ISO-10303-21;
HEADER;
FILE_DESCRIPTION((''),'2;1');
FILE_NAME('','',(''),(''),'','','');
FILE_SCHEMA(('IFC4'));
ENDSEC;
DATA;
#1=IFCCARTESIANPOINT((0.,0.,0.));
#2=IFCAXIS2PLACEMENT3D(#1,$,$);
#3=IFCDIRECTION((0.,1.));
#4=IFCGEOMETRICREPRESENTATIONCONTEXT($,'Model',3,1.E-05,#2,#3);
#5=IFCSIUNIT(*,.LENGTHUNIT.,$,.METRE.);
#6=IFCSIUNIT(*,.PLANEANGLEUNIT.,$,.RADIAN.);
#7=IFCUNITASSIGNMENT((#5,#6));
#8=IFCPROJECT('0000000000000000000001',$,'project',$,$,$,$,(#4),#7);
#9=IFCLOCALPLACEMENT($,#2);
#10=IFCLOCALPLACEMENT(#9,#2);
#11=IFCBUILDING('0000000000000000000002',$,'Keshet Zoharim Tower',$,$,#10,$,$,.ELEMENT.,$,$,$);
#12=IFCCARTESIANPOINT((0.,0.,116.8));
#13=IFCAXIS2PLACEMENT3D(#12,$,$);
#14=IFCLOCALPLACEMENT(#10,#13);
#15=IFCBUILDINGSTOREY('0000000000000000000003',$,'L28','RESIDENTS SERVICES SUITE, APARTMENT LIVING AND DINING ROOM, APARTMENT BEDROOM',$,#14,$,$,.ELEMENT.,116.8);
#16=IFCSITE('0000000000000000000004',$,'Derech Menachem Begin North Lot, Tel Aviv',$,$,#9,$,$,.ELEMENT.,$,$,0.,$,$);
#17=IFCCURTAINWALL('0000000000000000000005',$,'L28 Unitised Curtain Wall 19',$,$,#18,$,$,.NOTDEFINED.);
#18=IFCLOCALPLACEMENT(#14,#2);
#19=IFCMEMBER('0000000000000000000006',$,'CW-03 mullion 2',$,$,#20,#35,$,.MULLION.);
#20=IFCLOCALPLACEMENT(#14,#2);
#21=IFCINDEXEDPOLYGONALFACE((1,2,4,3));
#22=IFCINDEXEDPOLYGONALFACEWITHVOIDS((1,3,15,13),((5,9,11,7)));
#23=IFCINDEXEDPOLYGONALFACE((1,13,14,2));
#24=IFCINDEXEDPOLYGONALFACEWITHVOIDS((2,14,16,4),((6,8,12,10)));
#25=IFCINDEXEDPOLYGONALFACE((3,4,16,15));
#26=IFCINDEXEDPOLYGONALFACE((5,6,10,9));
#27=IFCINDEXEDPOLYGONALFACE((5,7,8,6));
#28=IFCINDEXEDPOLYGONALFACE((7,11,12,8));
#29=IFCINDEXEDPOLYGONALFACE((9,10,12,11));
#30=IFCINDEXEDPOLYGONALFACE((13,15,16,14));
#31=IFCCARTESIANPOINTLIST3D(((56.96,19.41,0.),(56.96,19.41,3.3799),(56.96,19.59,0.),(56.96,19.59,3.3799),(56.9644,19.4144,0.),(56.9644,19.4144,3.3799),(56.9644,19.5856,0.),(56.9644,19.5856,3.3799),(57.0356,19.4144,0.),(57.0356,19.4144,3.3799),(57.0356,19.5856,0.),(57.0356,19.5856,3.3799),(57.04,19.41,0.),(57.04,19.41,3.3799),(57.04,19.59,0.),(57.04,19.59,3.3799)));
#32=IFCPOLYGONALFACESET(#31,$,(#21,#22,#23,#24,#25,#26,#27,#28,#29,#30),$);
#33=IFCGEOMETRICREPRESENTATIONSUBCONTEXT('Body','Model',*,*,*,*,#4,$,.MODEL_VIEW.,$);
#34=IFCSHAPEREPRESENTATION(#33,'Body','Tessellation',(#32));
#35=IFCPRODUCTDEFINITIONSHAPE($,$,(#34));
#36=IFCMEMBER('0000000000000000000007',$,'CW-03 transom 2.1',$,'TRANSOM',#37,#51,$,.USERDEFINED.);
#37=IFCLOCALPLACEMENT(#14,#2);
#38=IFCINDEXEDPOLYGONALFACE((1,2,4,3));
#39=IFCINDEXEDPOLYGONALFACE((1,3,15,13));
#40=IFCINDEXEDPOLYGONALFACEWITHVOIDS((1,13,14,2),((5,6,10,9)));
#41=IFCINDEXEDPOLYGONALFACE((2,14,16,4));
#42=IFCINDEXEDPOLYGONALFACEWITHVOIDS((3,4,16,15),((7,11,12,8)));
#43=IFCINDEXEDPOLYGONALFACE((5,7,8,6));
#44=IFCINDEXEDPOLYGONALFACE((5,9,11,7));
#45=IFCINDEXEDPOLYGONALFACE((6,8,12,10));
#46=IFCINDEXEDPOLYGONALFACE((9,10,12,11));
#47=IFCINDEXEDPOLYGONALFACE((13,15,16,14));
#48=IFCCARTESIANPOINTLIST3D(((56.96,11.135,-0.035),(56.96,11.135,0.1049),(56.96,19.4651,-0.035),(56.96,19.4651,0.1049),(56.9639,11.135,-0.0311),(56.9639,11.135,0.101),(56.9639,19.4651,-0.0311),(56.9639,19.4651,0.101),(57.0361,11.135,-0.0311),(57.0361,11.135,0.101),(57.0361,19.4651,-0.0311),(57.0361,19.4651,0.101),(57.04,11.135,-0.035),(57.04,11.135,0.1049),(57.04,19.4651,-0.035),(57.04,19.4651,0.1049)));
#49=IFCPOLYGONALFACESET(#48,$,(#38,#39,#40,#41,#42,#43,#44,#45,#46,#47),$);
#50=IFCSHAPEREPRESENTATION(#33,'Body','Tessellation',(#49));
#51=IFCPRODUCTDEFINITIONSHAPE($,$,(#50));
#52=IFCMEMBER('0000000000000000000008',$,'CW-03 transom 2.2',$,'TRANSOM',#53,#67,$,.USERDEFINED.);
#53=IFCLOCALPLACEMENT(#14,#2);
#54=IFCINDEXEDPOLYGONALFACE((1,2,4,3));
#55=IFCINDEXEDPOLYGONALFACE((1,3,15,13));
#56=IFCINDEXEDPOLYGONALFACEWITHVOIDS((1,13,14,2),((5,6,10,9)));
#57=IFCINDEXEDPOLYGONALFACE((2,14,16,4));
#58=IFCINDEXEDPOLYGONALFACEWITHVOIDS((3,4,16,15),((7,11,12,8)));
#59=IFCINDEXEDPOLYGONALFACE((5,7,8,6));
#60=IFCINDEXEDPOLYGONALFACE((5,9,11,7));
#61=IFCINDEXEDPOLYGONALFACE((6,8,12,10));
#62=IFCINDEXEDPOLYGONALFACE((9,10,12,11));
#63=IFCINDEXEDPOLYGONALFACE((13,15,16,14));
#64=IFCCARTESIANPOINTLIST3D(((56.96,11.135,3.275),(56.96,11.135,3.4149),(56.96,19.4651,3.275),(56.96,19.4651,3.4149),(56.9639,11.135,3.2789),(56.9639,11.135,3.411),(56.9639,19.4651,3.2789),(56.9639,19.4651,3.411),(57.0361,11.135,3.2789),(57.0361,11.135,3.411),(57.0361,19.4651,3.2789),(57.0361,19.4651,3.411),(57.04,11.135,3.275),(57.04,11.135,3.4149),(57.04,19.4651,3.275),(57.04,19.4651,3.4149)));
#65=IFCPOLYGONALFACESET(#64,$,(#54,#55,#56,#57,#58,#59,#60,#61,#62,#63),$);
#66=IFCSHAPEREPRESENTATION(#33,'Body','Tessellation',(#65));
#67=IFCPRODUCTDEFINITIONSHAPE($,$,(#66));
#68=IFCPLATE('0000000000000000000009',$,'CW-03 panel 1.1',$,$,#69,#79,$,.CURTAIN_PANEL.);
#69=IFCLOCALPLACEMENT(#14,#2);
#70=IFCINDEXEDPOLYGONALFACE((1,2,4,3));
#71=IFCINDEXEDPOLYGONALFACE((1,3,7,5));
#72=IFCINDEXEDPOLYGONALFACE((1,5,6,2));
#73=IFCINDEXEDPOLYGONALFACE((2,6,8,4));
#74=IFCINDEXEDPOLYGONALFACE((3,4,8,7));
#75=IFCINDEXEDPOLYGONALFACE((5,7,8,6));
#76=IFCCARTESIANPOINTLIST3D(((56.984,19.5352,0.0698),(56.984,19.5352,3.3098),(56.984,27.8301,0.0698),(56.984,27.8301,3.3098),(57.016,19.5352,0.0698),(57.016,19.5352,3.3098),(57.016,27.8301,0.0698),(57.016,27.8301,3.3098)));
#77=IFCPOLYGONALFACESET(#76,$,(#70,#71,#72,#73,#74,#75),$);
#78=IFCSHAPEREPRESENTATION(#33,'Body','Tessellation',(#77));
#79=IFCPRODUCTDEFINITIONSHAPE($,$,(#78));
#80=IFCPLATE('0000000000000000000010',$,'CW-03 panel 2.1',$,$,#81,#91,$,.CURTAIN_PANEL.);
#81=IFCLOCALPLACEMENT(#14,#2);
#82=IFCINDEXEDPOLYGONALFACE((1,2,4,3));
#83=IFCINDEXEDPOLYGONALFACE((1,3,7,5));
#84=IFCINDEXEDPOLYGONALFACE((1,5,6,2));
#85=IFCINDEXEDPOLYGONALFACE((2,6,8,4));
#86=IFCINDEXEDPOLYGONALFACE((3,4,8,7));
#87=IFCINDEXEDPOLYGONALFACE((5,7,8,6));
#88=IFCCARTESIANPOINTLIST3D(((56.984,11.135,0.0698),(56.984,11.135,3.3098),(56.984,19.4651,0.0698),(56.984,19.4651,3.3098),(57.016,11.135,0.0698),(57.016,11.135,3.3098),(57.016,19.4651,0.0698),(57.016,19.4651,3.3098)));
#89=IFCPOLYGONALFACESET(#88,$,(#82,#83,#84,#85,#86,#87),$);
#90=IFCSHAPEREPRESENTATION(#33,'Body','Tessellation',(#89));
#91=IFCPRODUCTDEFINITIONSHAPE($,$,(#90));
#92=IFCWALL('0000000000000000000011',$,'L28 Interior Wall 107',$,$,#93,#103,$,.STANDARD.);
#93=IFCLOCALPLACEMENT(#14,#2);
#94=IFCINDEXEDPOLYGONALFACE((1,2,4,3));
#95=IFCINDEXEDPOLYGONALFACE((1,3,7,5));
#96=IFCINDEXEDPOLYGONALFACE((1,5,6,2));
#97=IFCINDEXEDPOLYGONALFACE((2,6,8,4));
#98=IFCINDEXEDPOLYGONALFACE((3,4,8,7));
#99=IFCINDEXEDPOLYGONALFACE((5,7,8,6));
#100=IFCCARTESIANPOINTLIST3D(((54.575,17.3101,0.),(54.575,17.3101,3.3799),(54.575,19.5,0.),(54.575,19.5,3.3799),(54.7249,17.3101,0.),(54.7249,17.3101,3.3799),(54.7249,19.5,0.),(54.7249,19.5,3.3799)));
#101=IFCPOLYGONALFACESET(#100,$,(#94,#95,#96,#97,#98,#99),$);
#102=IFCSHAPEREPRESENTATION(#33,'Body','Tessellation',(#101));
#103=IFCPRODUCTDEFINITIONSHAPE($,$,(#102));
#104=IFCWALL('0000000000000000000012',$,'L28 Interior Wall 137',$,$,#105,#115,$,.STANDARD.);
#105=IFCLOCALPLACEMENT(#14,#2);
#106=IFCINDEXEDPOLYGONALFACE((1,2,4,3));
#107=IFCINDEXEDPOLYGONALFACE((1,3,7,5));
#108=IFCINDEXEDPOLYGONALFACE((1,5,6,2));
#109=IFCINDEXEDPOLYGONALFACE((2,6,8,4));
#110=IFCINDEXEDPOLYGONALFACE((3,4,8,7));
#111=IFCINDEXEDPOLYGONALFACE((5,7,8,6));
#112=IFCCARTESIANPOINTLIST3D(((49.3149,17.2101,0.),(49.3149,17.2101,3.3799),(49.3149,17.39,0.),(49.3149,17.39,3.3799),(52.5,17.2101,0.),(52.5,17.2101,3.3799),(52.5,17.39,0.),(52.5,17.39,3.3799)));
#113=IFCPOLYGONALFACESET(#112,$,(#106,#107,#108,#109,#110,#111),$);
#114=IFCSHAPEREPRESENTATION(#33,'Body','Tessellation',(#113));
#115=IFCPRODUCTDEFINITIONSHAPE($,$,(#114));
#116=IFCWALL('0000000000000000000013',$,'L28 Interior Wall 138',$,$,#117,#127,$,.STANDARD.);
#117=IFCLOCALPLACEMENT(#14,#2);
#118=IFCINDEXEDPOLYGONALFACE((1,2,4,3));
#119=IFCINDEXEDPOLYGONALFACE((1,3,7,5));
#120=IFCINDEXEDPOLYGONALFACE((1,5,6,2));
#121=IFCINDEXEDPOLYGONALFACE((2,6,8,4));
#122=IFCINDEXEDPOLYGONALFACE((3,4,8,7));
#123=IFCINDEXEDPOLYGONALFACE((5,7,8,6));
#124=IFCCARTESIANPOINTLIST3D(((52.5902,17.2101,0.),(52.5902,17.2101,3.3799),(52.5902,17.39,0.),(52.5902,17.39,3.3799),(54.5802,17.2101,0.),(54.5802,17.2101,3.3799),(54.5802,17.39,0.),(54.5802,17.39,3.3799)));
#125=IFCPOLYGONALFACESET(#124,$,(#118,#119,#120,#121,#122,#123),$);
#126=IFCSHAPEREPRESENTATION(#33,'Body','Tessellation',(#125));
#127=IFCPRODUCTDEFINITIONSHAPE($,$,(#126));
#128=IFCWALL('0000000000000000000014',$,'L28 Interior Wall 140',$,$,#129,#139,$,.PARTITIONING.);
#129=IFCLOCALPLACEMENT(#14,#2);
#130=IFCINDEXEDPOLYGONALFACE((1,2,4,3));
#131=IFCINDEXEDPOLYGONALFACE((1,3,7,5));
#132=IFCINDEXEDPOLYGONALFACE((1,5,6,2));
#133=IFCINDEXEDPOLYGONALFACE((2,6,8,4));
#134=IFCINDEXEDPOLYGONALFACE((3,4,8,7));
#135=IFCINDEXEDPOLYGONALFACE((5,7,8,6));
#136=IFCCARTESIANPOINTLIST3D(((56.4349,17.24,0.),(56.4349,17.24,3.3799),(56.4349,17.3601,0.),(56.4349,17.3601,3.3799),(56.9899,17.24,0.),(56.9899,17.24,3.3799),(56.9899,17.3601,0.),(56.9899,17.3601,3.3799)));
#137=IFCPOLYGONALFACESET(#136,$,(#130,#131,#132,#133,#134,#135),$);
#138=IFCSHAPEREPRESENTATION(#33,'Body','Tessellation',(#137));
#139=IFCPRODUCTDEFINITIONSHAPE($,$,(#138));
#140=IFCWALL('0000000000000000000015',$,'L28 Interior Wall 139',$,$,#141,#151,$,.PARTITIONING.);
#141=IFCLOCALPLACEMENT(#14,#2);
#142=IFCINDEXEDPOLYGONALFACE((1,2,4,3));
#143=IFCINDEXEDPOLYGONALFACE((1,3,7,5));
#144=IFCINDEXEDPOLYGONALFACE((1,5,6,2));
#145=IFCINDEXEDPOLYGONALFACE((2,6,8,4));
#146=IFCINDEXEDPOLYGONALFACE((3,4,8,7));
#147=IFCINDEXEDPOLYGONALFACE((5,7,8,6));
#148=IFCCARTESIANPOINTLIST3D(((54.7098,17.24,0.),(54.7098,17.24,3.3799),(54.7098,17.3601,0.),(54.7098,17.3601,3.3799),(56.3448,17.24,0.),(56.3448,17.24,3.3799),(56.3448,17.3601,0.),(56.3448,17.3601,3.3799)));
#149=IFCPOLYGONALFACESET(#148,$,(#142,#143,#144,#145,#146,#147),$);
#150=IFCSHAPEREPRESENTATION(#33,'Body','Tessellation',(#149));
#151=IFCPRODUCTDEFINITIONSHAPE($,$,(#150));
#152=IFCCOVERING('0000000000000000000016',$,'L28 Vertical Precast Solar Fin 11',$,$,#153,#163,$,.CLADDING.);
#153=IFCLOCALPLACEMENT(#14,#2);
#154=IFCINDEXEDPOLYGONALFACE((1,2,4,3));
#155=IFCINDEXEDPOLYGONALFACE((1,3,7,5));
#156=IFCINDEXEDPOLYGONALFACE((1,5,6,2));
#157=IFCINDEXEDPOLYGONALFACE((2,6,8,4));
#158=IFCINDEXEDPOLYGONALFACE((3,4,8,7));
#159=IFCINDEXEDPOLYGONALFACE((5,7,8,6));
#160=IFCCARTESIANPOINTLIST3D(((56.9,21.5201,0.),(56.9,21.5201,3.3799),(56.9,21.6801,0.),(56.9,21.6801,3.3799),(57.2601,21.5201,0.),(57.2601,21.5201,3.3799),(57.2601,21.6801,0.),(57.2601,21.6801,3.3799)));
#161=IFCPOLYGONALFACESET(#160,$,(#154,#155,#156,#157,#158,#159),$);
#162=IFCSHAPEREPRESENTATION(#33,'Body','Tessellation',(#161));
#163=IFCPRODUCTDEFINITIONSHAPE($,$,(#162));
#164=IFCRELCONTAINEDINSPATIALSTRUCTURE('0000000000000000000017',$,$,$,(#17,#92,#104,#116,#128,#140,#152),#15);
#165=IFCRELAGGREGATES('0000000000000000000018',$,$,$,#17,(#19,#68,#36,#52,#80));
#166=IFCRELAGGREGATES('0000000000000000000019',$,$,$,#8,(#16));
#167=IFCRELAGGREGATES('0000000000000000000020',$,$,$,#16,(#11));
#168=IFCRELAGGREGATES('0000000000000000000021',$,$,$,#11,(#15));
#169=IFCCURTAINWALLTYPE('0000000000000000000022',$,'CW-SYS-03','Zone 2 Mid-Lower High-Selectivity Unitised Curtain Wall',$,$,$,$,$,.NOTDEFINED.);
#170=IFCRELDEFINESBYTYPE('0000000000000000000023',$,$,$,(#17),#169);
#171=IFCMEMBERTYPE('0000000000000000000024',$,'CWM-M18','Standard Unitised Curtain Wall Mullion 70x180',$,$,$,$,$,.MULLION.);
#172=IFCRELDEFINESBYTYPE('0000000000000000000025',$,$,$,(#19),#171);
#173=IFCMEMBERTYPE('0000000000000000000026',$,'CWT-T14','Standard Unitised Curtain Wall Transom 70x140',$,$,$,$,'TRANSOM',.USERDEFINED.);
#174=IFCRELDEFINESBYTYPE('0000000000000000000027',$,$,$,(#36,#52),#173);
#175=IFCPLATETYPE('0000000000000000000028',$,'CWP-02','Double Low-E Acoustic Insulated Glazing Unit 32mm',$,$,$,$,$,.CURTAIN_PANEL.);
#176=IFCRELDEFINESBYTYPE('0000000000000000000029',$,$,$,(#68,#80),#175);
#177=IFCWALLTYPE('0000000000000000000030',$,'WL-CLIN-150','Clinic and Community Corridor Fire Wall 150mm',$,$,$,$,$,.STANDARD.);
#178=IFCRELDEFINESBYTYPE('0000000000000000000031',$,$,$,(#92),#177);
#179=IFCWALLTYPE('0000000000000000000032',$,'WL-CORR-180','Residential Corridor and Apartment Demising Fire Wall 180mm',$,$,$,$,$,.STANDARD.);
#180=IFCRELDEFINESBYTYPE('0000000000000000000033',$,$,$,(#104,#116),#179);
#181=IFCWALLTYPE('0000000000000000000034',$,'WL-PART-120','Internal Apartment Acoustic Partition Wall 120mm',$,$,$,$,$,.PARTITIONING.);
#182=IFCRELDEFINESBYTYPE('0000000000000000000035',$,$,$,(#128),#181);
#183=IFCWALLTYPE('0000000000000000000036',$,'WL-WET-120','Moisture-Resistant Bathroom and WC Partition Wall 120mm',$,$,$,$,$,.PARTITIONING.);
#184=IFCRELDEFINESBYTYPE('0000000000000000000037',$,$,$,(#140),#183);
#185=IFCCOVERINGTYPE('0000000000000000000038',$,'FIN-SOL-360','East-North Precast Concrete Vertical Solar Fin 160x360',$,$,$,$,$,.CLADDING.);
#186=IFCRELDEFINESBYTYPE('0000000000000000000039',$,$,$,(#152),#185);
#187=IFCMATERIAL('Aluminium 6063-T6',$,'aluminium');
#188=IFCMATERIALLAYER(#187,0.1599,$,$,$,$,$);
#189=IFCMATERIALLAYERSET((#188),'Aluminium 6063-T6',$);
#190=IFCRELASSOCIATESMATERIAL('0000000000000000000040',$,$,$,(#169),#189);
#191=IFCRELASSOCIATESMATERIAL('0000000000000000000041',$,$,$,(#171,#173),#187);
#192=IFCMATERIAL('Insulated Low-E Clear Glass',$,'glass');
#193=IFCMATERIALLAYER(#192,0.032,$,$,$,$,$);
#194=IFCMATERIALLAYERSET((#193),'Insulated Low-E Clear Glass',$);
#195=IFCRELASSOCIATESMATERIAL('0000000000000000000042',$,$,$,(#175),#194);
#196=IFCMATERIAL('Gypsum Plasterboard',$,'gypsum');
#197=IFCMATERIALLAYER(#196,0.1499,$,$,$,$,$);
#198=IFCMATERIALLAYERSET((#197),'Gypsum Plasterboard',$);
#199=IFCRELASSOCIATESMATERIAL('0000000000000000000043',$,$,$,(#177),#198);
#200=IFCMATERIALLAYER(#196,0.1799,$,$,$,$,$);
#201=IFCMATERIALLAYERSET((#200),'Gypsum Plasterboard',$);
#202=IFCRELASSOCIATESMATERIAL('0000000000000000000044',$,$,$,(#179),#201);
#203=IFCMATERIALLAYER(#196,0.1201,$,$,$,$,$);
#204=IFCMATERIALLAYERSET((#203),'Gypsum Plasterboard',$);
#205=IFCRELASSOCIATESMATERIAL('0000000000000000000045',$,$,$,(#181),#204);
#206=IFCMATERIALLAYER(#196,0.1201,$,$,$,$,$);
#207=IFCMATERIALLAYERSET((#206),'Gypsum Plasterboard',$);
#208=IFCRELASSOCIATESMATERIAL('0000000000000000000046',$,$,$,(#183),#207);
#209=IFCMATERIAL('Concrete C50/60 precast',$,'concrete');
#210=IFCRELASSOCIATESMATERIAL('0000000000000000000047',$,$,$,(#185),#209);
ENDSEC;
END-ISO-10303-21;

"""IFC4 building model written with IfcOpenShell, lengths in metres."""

from ifc_helpers import new_model, si_unit, direction, frame, frame_2d, origin, origin_2d, place, context, subcontext, project, spatial, rectangle, hollow_rectangle, extrude, material, layer, layer_set, material_profile, profile_set, type_object, element, aggregate, save


model = new_model("IFC4")

# Units and contexts
model_context = context("Model", 3, precision=1e-05, world=origin(), true_north=direction((0.0, 1.0)))
body_context = subcontext(model_context, "Body", "Model", "MODEL_VIEW")
ifc_project = project(units=[si_unit("LENGTHUNIT", "METRE"), si_unit("PLANEANGLEUNIT", "RADIAN")], contexts=[model_context])

# Site, building, storey
site_placement = place(None, origin())
site = spatial("IfcSite", under=ifc_project, at=site_placement, Name="Derech Menachem Begin North Lot, Tel Aviv", CompositionType="ELEMENT", RefElevation=0.0)
building_placement = place(site_placement, origin())
building = spatial("IfcBuilding", under=site, at=building_placement, Name="Keshet Zoharim Tower", CompositionType="ELEMENT")
storey_placement = place(building_placement, frame((0.0, 0.0, 116.8)))
storey = spatial("IfcBuildingStorey", under=building, at=storey_placement, Name="L28", Description="RESIDENTS SERVICES SUITE, APARTMENT LIVING AND DINING ROOM, APARTMENT BEDROOM", CompositionType="ELEMENT", Elevation=116.8)

# Curtain wall, members, plates
ifc_material_1 = material(Name="Aluminium 6063-T6", Category="aluminium")
ifc_layer_1 = layer(ifc_material_1, 0.1599)
ifc_layer_set_1 = layer_set([ifc_layer_1], Name="Aluminium 6063-T6")
curtain_wall_type = type_object("IfcCurtainWallType", Name="CW-SYS-03", Description="Zone 2 Mid-Lower High-Selectivity Unitised Curtain Wall", PredefinedType="NOTDEFINED", material=ifc_layer_set_1)
curtain_wall_placement = place(storey_placement, origin())
curtain_wall = element("IfcCurtainWall", 1, at=curtain_wall_placement, inside=storey, type_object=curtain_wall_type, Name="L28 Unitised Curtain Wall 19", PredefinedType="NOTDEFINED")
ifc_material_profile_1 = material_profile(ifc_material_1, hollow_rectangle(XDim=0.0801, YDim=0.1799, WallThickness=0.0044, at=origin_2d()), Name="MUL-80x180")
ifc_profile_set_1 = profile_set([ifc_material_profile_1], Name="Aluminium 6063-T6")
member_type_1 = type_object("IfcMemberType", Name="CWM-M18", Description="Standard Unitised Curtain Wall Mullion 70x180", PredefinedType="MULLION", material=ifc_profile_set_1)
member_1_placement = place(storey_placement, frame((57.0, 19.5, 0.0), z_axis=(0.0, 0.0, 1.0), x_axis=(1.0, 0.0, 0.0)))
member_1 = element("IfcMember", 2, at=member_1_placement, type_object=member_type_1, Name="CW-03 mullion 2", PredefinedType="MULLION", context=body_context, shape_type="SweptSolid", body=[
    extrude(hollow_rectangle(XDim=0.0801, YDim=0.1799, WallThickness=0.0044, at=origin_2d()), origin(), (0.0, 0.0, 1.0), 3.3799),
])
ifc_material_profile_2 = material_profile(ifc_material_1, hollow_rectangle(XDim=0.0801, YDim=0.1399, WallThickness=0.0039, at=origin_2d()), Name="TRN-80x140")
ifc_profile_set_2 = profile_set([ifc_material_profile_2], Name="Aluminium 6063-T6")
member_type_2 = type_object("IfcMemberType", Name="CWT-T14", Description="Standard Unitised Curtain Wall Transom 70x140", ElementType="TRANSOM", PredefinedType="USERDEFINED", material=ifc_profile_set_2)
member_2_placement = place(storey_placement, frame((57.0, 19.4651, 0.0349), z_axis=(0.0, -1.0, 0.0), x_axis=(1.0, 0.0, 0.0)))
member_2 = element("IfcMember", 3, at=member_2_placement, type_object=member_type_2, Name="CW-03 transom 2.1", ObjectType="TRANSOM", PredefinedType="USERDEFINED", context=body_context, shape_type="SweptSolid", body=[
    extrude(hollow_rectangle(XDim=0.0801, YDim=0.1399, WallThickness=0.0039, at=origin_2d()), origin(), (0.0, 0.0, 1.0), 8.3301),
])
member_3_placement = place(storey_placement, frame((57.0, 19.4651, 3.345), z_axis=(0.0, -1.0, 0.0), x_axis=(1.0, 0.0, 0.0)))
member_3 = element("IfcMember", 4, at=member_3_placement, type_object=member_type_2, Name="CW-03 transom 2.2", ObjectType="TRANSOM", PredefinedType="USERDEFINED", context=body_context, shape_type="SweptSolid", body=[
    extrude(hollow_rectangle(XDim=0.0801, YDim=0.1399, WallThickness=0.0039, at=origin_2d()), origin(), (0.0, 0.0, 1.0), 8.3301),
])
ifc_material_2 = material(Name="Insulated Low-E Clear Glass", Category="glass")
ifc_layer_2 = layer(ifc_material_2, 0.032)
ifc_layer_set_2 = layer_set([ifc_layer_2], Name="Insulated Low-E Clear Glass")
plate_type = type_object("IfcPlateType", Name="CWP-02", Description="Double Low-E Acoustic Insulated Glazing Unit 32mm", PredefinedType="CURTAIN_PANEL", material=ifc_layer_set_2)
plate_1_placement = place(storey_placement, frame((57.0, 23.6826, 0.0698), z_axis=(0.0, 0.0, 1.0), x_axis=(0.0, -1.0, 0.0)))
plate_1 = element("IfcPlate", 5, at=plate_1_placement, type_object=plate_type, Name="CW-03 panel 1.1", PredefinedType="CURTAIN_PANEL", context=body_context, shape_type="SweptSolid", body=[
    extrude(rectangle(XDim=8.2949, YDim=0.032, at=origin_2d()), origin(), (0.0, 0.0, 1.0), 3.24),
])
plate_2_placement = place(storey_placement, frame((57.0, 15.3, 0.0698), z_axis=(0.0, 0.0, 1.0), x_axis=(0.0, -1.0, 0.0)))
plate_2 = element("IfcPlate", 6, at=plate_2_placement, type_object=plate_type, Name="CW-03 panel 2.1", PredefinedType="CURTAIN_PANEL", context=body_context, shape_type="SweptSolid", body=[
    extrude(rectangle(XDim=8.3301, YDim=0.032, at=origin_2d()), origin(), (0.0, 0.0, 1.0), 3.24),
])
aggregate(curtain_wall, [member_1, plate_1, member_2, member_3, plate_2])

# Wall
ifc_material_3 = material(Name="Gypsum Plasterboard", Category="gypsum")
ifc_layer_3 = layer(ifc_material_3, 0.1499)
ifc_layer_set_3 = layer_set([ifc_layer_3], Name="Gypsum Plasterboard")
wall_type_1 = type_object("IfcWallType", Name="WL-CLIN-150", Description="Clinic and Community Corridor Fire Wall 150mm", PredefinedType="STANDARD", material=ifc_layer_set_3)
wall_1_placement = place(storey_placement, frame((54.6499, 17.3101, 0.0), z_axis=(0.0, 0.0, 1.0), x_axis=(0.0, 1.0, 0.0)))
element("IfcWall", 7, at=wall_1_placement, inside=storey, type_object=wall_type_1, Name="L28 Interior Wall 107", PredefinedType="STANDARD", context=body_context, shape_type="SweptSolid", body=[
    extrude(rectangle(XDim=2.1899, YDim=0.1499, at=frame_2d((1.095, 0.0))), origin(), (0.0, 0.0, 1.0), 3.3799),
])

# Shared definitions
ifc_layer_4 = layer(ifc_material_3, 0.1799)
ifc_layer_set_4 = layer_set([ifc_layer_4], Name="Gypsum Plasterboard")
wall_type_2 = type_object("IfcWallType", Name="WL-CORR-180", Description="Residential Corridor and Apartment Demising Fire Wall 180mm", PredefinedType="STANDARD", material=ifc_layer_set_4)

# Walls
wall_2_placement = place(storey_placement, frame((49.3149, 17.3, 0.0), z_axis=(0.0, 0.0, 1.0), x_axis=(1.0, 0.0, 0.0)))
element("IfcWall", 8, at=wall_2_placement, inside=storey, type_object=wall_type_2, Name="L28 Interior Wall 137", PredefinedType="STANDARD", context=body_context, shape_type="SweptSolid", body=[
    extrude(rectangle(XDim=3.1851, YDim=0.1799, at=frame_2d((1.5925, 0.0))), origin(), (0.0, 0.0, 1.0), 3.3799),
])
wall_3_placement = place(storey_placement, frame((52.5901, 17.3, 0.0), z_axis=(0.0, 0.0, 1.0), x_axis=(1.0, 0.0, 0.0)))
element("IfcWall", 9, at=wall_3_placement, inside=storey, type_object=wall_type_2, Name="L28 Interior Wall 138", PredefinedType="STANDARD", context=body_context, shape_type="SweptSolid", body=[
    extrude(rectangle(XDim=1.99, YDim=0.1799, at=frame_2d((0.9951, 0.0))), origin(), (0.0, 0.0, 1.0), 3.3799),
])
ifc_layer_5 = layer(ifc_material_3, 0.1201)
ifc_layer_set_5 = layer_set([ifc_layer_5], Name="Gypsum Plasterboard")
wall_type_3 = type_object("IfcWallType", Name="WL-PART-120", Description="Internal Apartment Acoustic Partition Wall 120mm", PredefinedType="PARTITIONING", material=ifc_layer_set_5)
wall_4_placement = place(storey_placement, frame((56.4351, 17.3, 0.0), z_axis=(0.0, 0.0, 1.0), x_axis=(1.0, 0.0, 0.0)))
element("IfcWall", 10, at=wall_4_placement, inside=storey, type_object=wall_type_3, Name="L28 Interior Wall 140", PredefinedType="PARTITIONING", context=body_context, shape_type="SweptSolid", body=[
    extrude(rectangle(XDim=0.5549, YDim=0.1201, at=frame_2d((0.2773, 0.0))), origin(), (0.0, 0.0, 1.0), 3.3799),
])
ifc_layer_6 = layer(ifc_material_3, 0.1201)
ifc_layer_set_6 = layer_set([ifc_layer_6], Name="Gypsum Plasterboard")
wall_type_4 = type_object("IfcWallType", Name="WL-WET-120", Description="Moisture-Resistant Bathroom and WC Partition Wall 120mm", PredefinedType="PARTITIONING", material=ifc_layer_set_6)
wall_5_placement = place(storey_placement, frame((54.71, 17.3, 0.0), z_axis=(0.0, 0.0, 1.0), x_axis=(1.0, 0.0, 0.0)))
element("IfcWall", 11, at=wall_5_placement, inside=storey, type_object=wall_type_4, Name="L28 Interior Wall 139", PredefinedType="PARTITIONING", context=body_context, shape_type="SweptSolid", body=[
    extrude(rectangle(XDim=1.635, YDim=0.1201, at=frame_2d((0.8174, 0.0))), origin(), (0.0, 0.0, 1.0), 3.3799),
])

# Covering
ifc_material_4 = material(Name="Concrete C50/60 precast", Category="concrete")
covering_type = type_object("IfcCoveringType", Name="FIN-SOL-360", Description="East-North Precast Concrete Vertical Solar Fin 160x360", PredefinedType="CLADDING", material=ifc_material_4)
covering_placement = place(storey_placement, frame((57.0801, 21.6001, 0.0), z_axis=(0.0, 0.0, 1.0), x_axis=(0.0, -1.0, 0.0)))
element("IfcCovering", 12, at=covering_placement, inside=storey, type_object=covering_type, Name="L28 Vertical Precast Solar Fin 11", PredefinedType="CLADDING", context=body_context, shape_type="SweptSolid", body=[
    extrude(rectangle(XDim=0.1599, YDim=0.3601, at=origin_2d()), origin(), (0.0, 0.0, 1.0), 3.3799),
])

save(model, "model.ifc")
